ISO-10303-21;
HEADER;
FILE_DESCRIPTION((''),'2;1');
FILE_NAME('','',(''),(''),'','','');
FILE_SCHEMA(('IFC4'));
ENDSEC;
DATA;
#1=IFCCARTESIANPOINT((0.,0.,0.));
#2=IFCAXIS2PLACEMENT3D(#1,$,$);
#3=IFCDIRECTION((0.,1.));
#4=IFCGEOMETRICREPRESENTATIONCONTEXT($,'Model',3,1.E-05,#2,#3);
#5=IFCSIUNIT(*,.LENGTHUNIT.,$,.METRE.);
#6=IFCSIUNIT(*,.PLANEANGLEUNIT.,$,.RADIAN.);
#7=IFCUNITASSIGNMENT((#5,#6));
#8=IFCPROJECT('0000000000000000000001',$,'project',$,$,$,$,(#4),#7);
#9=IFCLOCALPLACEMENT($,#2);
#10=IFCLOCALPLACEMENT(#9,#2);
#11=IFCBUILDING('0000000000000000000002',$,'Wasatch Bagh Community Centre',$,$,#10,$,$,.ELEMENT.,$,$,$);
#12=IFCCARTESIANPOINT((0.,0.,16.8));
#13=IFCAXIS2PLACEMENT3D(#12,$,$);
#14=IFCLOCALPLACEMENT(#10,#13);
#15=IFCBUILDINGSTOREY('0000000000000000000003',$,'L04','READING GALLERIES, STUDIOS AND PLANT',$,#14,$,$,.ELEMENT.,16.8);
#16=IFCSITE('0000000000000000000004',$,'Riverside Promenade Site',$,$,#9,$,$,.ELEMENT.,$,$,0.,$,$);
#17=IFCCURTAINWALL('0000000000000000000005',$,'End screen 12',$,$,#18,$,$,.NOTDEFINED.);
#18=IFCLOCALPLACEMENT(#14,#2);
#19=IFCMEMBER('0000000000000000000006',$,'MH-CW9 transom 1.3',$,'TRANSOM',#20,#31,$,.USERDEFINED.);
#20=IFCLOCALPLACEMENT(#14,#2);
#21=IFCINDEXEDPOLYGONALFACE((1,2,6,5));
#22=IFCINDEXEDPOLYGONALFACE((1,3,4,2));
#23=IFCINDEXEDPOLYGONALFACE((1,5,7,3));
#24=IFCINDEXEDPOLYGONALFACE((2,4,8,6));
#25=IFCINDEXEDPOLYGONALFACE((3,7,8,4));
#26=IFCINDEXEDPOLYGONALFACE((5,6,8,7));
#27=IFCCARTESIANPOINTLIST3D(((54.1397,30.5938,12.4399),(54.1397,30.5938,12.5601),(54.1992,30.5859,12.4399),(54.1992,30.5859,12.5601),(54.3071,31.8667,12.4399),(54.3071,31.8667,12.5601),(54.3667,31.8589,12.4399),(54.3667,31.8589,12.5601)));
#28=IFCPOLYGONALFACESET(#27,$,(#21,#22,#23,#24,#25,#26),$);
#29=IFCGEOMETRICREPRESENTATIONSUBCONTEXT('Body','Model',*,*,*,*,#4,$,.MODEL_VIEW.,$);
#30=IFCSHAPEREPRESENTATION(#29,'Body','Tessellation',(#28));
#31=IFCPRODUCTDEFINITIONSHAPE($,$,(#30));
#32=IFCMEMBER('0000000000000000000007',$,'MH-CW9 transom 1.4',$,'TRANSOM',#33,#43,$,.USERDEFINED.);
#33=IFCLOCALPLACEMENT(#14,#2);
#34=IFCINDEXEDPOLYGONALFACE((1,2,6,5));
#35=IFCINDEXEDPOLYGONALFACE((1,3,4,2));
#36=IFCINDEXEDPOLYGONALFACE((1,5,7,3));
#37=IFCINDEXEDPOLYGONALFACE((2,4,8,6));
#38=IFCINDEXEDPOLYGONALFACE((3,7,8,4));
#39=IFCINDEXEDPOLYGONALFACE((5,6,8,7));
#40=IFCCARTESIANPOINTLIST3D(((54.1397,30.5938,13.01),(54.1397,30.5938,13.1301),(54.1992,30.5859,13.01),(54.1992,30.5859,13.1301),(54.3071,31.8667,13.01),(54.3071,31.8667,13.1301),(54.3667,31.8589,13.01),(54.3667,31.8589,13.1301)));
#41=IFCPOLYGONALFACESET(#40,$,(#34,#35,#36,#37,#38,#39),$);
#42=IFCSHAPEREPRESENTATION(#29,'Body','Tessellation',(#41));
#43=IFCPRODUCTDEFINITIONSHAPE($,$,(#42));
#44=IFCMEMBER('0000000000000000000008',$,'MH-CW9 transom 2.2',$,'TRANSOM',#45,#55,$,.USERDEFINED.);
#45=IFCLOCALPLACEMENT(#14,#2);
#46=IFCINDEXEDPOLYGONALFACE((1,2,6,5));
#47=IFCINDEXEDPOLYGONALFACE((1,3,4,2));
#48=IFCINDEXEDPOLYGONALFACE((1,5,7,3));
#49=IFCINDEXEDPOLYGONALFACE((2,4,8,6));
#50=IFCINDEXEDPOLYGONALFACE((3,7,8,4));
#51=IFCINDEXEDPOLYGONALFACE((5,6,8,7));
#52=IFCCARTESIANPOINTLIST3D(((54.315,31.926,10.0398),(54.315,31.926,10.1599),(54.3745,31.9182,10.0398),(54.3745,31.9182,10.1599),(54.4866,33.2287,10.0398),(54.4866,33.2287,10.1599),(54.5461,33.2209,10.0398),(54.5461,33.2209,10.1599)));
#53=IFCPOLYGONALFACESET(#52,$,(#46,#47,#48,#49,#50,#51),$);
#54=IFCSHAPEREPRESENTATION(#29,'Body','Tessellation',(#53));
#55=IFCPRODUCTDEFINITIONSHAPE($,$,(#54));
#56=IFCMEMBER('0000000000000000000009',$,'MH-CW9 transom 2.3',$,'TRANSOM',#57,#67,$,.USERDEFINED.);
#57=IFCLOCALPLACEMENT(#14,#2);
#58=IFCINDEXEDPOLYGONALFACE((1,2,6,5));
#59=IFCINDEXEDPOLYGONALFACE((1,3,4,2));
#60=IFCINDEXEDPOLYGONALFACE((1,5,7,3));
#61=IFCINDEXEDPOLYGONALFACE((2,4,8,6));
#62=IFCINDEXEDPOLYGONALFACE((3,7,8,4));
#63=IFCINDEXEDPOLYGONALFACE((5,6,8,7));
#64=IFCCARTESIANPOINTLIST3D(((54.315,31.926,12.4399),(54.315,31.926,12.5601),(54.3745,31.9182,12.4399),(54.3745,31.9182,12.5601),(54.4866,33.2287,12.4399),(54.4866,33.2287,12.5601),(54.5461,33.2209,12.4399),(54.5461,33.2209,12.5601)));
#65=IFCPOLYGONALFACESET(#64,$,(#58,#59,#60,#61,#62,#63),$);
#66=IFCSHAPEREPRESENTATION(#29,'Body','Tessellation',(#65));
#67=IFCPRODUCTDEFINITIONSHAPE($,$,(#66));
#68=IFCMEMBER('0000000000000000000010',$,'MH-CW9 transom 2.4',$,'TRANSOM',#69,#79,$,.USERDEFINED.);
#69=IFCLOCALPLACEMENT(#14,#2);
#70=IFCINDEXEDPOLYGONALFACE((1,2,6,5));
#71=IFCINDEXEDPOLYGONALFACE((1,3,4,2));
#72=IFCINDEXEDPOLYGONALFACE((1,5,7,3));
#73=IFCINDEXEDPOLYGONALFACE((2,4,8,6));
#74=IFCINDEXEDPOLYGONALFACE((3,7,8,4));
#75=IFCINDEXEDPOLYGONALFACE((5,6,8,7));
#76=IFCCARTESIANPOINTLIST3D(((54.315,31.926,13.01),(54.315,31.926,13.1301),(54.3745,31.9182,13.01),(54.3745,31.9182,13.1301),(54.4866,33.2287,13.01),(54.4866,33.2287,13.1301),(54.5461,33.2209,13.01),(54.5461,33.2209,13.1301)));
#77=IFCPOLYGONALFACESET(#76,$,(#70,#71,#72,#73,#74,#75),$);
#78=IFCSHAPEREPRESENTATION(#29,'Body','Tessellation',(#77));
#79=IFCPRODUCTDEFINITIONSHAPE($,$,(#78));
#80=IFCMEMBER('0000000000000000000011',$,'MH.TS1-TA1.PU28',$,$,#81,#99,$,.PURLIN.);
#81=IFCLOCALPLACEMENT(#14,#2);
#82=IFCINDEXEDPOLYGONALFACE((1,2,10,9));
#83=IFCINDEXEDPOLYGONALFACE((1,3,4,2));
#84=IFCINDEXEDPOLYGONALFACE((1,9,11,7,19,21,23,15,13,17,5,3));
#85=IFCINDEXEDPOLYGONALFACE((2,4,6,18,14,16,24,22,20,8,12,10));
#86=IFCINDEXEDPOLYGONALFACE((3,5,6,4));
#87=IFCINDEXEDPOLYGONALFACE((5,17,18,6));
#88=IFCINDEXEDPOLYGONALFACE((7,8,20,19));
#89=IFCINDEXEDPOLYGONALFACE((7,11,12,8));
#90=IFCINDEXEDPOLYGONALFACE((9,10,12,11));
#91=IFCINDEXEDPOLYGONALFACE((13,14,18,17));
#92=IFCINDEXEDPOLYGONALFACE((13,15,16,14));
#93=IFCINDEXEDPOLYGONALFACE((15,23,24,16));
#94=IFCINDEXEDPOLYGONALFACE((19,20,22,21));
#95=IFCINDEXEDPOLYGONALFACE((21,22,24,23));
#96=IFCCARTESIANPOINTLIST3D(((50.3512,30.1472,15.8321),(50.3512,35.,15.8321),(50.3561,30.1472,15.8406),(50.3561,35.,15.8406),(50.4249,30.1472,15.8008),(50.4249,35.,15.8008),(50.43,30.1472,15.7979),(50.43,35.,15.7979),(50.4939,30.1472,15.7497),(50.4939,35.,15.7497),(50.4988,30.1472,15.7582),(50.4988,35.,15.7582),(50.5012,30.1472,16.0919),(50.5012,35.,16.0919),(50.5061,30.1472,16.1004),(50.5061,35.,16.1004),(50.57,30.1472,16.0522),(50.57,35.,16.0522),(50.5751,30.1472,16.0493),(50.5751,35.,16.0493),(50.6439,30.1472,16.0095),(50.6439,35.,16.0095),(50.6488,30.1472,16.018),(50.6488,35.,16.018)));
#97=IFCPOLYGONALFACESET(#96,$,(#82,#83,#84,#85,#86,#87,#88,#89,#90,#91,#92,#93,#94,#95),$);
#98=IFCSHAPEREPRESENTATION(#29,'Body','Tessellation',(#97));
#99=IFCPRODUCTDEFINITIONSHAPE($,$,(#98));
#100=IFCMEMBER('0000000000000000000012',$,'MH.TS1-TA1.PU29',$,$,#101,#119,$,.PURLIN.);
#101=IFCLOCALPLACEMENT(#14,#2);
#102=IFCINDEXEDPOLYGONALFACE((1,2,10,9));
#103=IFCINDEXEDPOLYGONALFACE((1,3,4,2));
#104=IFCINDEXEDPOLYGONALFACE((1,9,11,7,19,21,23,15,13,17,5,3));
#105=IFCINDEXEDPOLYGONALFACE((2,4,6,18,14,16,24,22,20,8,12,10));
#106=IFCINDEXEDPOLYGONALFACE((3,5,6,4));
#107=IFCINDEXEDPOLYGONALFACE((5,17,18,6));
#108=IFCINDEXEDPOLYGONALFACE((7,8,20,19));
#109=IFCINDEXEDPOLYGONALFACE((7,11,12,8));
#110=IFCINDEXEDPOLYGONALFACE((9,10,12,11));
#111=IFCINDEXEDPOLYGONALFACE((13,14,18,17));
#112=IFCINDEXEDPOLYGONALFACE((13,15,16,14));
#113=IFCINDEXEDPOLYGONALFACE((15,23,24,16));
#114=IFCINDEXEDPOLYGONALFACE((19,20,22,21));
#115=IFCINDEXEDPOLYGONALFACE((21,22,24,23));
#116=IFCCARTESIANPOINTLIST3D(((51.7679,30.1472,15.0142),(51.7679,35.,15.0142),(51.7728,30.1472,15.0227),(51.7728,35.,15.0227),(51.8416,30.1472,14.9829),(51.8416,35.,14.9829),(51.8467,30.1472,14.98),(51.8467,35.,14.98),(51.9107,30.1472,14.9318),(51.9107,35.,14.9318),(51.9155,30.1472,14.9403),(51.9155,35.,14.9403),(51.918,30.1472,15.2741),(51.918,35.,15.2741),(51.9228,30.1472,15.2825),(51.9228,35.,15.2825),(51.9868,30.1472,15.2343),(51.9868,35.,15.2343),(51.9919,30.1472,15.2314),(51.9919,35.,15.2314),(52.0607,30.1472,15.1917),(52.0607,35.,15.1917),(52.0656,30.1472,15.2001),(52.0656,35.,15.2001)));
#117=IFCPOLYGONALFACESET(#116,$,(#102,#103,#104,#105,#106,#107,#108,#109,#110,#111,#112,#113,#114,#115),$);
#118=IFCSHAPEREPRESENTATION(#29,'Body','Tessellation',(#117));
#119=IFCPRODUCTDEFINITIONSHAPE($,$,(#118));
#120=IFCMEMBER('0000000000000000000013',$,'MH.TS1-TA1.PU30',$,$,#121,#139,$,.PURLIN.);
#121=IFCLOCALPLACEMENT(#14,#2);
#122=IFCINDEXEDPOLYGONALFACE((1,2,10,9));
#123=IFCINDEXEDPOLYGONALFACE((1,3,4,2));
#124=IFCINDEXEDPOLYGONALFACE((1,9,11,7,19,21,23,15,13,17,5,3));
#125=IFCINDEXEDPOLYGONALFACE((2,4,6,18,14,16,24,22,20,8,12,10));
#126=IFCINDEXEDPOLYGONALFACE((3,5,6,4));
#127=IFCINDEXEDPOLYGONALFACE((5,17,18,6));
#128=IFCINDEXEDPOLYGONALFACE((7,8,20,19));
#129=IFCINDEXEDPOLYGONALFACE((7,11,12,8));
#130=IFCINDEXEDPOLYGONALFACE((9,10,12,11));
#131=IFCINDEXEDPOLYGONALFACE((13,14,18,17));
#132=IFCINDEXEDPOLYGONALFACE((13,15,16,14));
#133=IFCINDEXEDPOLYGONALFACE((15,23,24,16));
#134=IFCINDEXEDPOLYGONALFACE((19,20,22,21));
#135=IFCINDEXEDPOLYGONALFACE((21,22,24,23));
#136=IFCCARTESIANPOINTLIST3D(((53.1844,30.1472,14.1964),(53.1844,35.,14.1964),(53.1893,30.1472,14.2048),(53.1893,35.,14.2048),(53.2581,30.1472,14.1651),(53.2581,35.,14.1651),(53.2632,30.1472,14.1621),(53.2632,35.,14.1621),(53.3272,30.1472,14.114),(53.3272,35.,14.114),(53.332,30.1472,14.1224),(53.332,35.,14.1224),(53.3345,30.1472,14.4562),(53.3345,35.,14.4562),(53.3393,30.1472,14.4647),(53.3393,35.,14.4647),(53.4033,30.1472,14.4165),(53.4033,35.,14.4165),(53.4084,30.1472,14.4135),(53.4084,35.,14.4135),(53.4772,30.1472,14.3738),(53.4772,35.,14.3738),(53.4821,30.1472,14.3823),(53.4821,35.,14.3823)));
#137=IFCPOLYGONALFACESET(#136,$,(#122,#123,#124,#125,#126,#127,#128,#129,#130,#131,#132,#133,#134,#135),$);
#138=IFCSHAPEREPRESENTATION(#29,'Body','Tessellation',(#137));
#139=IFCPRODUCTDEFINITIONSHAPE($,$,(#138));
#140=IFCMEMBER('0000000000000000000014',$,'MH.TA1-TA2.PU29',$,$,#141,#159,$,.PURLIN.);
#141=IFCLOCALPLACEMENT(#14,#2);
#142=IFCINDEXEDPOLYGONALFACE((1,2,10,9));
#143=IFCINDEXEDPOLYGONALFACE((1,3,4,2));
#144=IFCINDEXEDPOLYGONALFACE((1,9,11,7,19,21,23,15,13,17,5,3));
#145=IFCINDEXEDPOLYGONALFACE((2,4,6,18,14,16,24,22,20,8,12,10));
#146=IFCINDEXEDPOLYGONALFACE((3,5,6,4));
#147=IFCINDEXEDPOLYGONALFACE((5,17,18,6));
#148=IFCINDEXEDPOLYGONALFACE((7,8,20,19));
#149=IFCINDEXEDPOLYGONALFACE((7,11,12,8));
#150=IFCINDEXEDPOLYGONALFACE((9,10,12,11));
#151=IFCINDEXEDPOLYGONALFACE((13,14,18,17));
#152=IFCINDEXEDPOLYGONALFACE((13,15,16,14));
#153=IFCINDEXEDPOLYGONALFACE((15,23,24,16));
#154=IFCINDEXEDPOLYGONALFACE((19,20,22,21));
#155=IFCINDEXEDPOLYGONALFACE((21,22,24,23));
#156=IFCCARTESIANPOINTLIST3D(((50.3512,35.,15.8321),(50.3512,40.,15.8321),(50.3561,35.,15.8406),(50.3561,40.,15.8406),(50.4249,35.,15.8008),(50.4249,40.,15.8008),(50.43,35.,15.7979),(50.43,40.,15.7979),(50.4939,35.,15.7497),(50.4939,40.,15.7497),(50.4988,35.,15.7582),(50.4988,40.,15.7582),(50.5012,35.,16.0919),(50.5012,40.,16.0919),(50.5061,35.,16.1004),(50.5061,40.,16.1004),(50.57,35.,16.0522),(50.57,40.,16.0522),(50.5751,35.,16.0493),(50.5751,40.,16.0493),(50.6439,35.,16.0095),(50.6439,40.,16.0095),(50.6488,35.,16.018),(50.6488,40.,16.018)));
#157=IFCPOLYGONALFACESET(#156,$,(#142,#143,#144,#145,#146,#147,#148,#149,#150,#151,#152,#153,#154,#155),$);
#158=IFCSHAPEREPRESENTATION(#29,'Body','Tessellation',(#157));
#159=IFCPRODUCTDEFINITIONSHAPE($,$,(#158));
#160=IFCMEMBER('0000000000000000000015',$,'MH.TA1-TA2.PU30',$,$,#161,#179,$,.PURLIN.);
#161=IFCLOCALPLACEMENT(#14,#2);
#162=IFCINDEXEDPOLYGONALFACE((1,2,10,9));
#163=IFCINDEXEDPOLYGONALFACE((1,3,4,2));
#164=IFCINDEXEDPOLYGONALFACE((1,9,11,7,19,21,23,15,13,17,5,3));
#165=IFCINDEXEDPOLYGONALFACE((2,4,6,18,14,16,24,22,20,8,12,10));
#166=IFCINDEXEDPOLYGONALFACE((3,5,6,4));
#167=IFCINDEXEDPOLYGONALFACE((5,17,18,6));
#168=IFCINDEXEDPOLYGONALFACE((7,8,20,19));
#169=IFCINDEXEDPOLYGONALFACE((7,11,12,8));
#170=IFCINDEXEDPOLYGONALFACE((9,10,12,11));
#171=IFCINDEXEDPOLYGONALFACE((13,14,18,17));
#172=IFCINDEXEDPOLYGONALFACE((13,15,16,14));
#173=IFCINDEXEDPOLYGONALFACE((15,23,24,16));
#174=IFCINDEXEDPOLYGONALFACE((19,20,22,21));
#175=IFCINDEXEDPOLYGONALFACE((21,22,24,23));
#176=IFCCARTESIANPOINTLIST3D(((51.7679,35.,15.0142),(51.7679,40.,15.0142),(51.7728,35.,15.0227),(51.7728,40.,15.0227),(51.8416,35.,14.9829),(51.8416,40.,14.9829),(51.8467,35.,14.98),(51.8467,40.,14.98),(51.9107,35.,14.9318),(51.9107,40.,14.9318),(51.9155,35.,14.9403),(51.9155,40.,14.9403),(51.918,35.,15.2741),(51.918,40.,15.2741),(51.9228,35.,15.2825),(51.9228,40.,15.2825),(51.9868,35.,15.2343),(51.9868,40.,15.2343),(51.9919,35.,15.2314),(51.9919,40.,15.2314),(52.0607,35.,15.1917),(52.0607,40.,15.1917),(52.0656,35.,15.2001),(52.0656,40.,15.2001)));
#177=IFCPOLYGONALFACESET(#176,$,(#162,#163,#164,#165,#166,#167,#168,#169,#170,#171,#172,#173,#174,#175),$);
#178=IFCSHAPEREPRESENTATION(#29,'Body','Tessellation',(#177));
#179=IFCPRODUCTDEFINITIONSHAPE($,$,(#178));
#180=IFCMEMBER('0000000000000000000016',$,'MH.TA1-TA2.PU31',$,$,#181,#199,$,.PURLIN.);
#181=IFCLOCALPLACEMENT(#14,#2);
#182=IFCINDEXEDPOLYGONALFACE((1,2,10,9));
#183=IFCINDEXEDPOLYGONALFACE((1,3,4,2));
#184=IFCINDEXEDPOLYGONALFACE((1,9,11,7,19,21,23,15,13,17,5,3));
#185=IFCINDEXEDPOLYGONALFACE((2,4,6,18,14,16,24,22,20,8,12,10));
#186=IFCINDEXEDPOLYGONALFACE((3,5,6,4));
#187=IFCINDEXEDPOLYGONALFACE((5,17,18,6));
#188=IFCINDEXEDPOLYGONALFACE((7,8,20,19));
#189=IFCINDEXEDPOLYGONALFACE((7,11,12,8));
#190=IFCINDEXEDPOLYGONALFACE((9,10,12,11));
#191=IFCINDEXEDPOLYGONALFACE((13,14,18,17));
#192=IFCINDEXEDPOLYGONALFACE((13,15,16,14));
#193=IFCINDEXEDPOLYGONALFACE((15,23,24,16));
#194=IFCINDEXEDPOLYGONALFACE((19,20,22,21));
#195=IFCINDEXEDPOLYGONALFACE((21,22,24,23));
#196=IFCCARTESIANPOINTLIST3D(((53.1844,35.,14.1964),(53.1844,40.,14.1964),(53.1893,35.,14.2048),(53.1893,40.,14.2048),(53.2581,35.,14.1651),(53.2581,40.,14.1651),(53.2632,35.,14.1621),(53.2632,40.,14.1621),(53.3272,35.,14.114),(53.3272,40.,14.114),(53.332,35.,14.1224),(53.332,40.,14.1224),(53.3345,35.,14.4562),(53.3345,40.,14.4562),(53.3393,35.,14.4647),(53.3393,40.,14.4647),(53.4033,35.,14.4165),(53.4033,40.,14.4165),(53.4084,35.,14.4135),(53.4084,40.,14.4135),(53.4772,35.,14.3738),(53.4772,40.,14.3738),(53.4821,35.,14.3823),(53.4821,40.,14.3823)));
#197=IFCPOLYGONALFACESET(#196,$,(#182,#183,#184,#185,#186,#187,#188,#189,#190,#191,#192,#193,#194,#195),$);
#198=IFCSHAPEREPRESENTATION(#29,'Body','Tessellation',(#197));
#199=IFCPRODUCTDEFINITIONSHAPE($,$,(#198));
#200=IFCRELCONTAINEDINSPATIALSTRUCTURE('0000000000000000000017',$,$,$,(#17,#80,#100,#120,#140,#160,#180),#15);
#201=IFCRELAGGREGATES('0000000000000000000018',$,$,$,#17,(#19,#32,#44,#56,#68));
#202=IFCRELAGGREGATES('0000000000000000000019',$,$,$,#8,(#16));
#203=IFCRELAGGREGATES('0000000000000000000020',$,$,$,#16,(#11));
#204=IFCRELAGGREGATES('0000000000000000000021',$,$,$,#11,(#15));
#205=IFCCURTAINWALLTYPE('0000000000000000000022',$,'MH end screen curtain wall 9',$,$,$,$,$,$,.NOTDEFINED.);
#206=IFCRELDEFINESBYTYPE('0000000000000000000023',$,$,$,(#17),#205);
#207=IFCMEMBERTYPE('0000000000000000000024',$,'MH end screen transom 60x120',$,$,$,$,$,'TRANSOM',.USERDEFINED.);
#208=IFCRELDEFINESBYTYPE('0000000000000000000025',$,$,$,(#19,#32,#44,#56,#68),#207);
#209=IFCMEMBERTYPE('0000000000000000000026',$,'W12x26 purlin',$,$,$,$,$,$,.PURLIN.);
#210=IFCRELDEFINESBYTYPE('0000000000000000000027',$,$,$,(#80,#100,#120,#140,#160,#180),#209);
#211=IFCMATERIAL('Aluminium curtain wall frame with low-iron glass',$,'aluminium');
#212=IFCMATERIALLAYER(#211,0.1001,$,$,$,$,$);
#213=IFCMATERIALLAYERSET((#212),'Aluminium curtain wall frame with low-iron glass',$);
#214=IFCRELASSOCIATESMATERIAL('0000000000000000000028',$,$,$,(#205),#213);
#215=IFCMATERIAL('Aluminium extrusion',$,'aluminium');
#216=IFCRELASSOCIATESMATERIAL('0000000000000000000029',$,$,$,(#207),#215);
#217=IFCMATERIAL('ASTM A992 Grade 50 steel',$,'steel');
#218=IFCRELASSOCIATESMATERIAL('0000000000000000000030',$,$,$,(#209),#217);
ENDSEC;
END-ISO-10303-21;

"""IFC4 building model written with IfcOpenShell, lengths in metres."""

from ifc_helpers import new_model, si_unit, direction, frame, origin, origin_2d, place, context, subcontext, project, spatial, rectangle, i_section, extrude, material, layer, layer_set, material_profile, profile_set, type_object, element, aggregate, save


model = new_model("IFC4")

# Units and contexts
model_context = context("Model", 3, precision=1e-05, world=origin(), true_north=direction((0.0, 1.0)))
body_context = subcontext(model_context, "Body", "Model", "MODEL_VIEW")
ifc_project = project(units=[si_unit("LENGTHUNIT", "METRE"), si_unit("PLANEANGLEUNIT", "RADIAN")], contexts=[model_context])

# Site, building, storey
site_placement = place(None, origin())
site = spatial("IfcSite", under=ifc_project, at=site_placement, Name="Riverside Promenade Site", CompositionType="ELEMENT", RefElevation=0.0)
building_placement = place(site_placement, origin())
building = spatial("IfcBuilding", under=site, at=building_placement, Name="Wasatch Bagh Community Centre", CompositionType="ELEMENT")
storey_placement = place(building_placement, frame((0.0, 0.0, 16.8)))
storey = spatial("IfcBuildingStorey", under=building, at=storey_placement, Name="L04", Description="READING GALLERIES, STUDIOS AND PLANT", CompositionType="ELEMENT", Elevation=16.8)

# Curtain wall, members
ifc_material_1 = material(Name="Aluminium curtain wall frame with low-iron glass", Category="aluminium")
ifc_layer_1 = layer(ifc_material_1, 0.1001)
ifc_layer_set_1 = layer_set([ifc_layer_1], Name="Aluminium curtain wall frame with low-iron glass")
curtain_wall_type = type_object("IfcCurtainWallType", Name="MH end screen curtain wall 9", PredefinedType="NOTDEFINED", material=ifc_layer_set_1)
curtain_wall_placement = place(storey_placement, origin())
curtain_wall = element("IfcCurtainWall", 1, at=curtain_wall_placement, inside=storey, type_object=curtain_wall_type, Name="End screen 12", PredefinedType="NOTDEFINED")
ifc_material_2 = material(Name="Aluminium extrusion", Category="aluminium")
ifc_material_profile_1 = material_profile(ifc_material_2, rectangle(XDim=0.0601, YDim=0.1201, at=origin_2d()), Name="AL 60x120")
ifc_profile_set_1 = profile_set([ifc_material_profile_1], Name="Aluminium extrusion")
member_type_1 = type_object("IfcMemberType", Name="MH end screen transom 60x120", ElementType="TRANSOM", PredefinedType="USERDEFINED", material=ifc_profile_set_1)
member_1_placement = place(storey_placement, frame((54.1694, 30.5898, 12.5), z_axis=(0.130445, 0.991456, 0.0), x_axis=(-0.991456, 0.130445, 0.0)))
member_1 = element("IfcMember", 2, at=member_1_placement, type_object=member_type_1, Name="MH-CW9 transom 1.3", ObjectType="TRANSOM", PredefinedType="USERDEFINED", context=body_context, shape_type="SweptSolid", body=[
    extrude(rectangle(XDim=0.0601, YDim=0.1201, at=origin_2d()), origin(), (0.0, 0.0, 1.0), 1.2839),
])
member_2_placement = place(storey_placement, frame((54.1694, 30.5898, 13.0701), z_axis=(0.130445, 0.991456, 0.0), x_axis=(-0.991456, 0.130445, 0.0)))
member_2 = element("IfcMember", 3, at=member_2_placement, type_object=member_type_1, Name="MH-CW9 transom 1.4", ObjectType="TRANSOM", PredefinedType="USERDEFINED", context=body_context, shape_type="SweptSolid", body=[
    extrude(rectangle(XDim=0.0601, YDim=0.1201, at=origin_2d()), origin(), (0.0, 0.0, 1.0), 1.2839),
])
member_3_placement = place(storey_placement, frame((54.3447, 31.9221, 10.0999), z_axis=(0.130618, 0.991433, 0.0), x_axis=(-0.991433, 0.130618, 0.0)))
member_3 = element("IfcMember", 4, at=member_3_placement, type_object=member_type_1, Name="MH-CW9 transom 2.2", ObjectType="TRANSOM", PredefinedType="USERDEFINED", context=body_context, shape_type="SweptSolid", body=[
    extrude(rectangle(XDim=0.0601, YDim=0.1201, at=origin_2d()), origin(), (0.0, 0.0, 1.0), 1.314),
])
member_4_placement = place(storey_placement, frame((54.3447, 31.9221, 12.5), z_axis=(0.130618, 0.991433, 0.0), x_axis=(-0.991433, 0.130618, 0.0)))
member_4 = element("IfcMember", 5, at=member_4_placement, type_object=member_type_1, Name="MH-CW9 transom 2.3", ObjectType="TRANSOM", PredefinedType="USERDEFINED", context=body_context, shape_type="SweptSolid", body=[
    extrude(rectangle(XDim=0.0601, YDim=0.1201, at=origin_2d()), origin(), (0.0, 0.0, 1.0), 1.314),
])
member_5_placement = place(storey_placement, frame((54.3447, 31.9221, 13.0701), z_axis=(0.130618, 0.991433, 0.0), x_axis=(-0.991433, 0.130618, 0.0)))
member_5 = element("IfcMember", 6, at=member_5_placement, type_object=member_type_1, Name="MH-CW9 transom 2.4", ObjectType="TRANSOM", PredefinedType="USERDEFINED", context=body_context, shape_type="SweptSolid", body=[
    extrude(rectangle(XDim=0.0601, YDim=0.1201, at=origin_2d()), origin(), (0.0, 0.0, 1.0), 1.314),
])

# Members
ifc_material_3 = material(Name="ASTM A992 Grade 50 steel", Category="steel")
ifc_material_profile_2 = material_profile(ifc_material_3, i_section(OverallWidth=0.1648, OverallDepth=0.3098, WebThickness=0.0059, FlangeThickness=0.0098, at=origin_2d()), Name="W12x26")
ifc_profile_set_2 = profile_set([ifc_material_profile_2], Name="ASTM A992 Grade 50 steel")
member_type_2 = type_object("IfcMemberType", Name="W12x26 purlin", PredefinedType="PURLIN", material=ifc_profile_set_2)
for number, where, z_axis, x_axis, name in (
    (7, (50.5, 30.1472, 15.925), (0.0, 1.0, 0.0), (-0.866025, 0.0, 0.5), "MH.TS1-TA1.PU28"),
    (8, (51.9167, 30.1472, 15.1072), (0.0, 1.0, 0.0), (-0.866025, 0.0, 0.5), "MH.TS1-TA1.PU29"),
    (9, (53.3333, 30.1472, 14.2893), (0.0, 1.0, 0.0), (-0.866025, 0.0, 0.5), "MH.TS1-TA1.PU30"),
):
    element("IfcMember", number, at=place(storey_placement, frame(where, z_axis=z_axis, x_axis=x_axis)), inside=storey, type_object=member_type_2, Name=name, PredefinedType="PURLIN", context=body_context, shape_type="SweptSolid", body=[
        extrude(i_section(OverallWidth=0.1648, OverallDepth=0.3098, WebThickness=0.0059, FlangeThickness=0.0098, at=origin_2d()), origin(), (0.0, 0.0, 1.0), 4.8528),
    ])
for number, where, z_axis, x_axis, name in (
    (10, (50.5, 35.0, 15.925), (0.0, 1.0, 0.0), (-0.866025, 0.0, 0.5), "MH.TA1-TA2.PU29"),
    (11, (51.9167, 35.0, 15.1072), (0.0, 1.0, 0.0), (-0.866025, 0.0, 0.5), "MH.TA1-TA2.PU30"),
    (12, (53.3333, 35.0, 14.2893), (0.0, 1.0, 0.0), (-0.866025, 0.0, 0.5), "MH.TA1-TA2.PU31"),
):
    element("IfcMember", number, at=place(storey_placement, frame(where, z_axis=z_axis, x_axis=x_axis)), inside=storey, type_object=member_type_2, Name=name, PredefinedType="PURLIN", context=body_context, shape_type="SweptSolid", body=[
        extrude(i_section(OverallWidth=0.1648, OverallDepth=0.3098, WebThickness=0.0059, FlangeThickness=0.0098, at=origin_2d()), origin(), (0.0, 0.0, 1.0), 5.0),
    ])

aggregate(curtain_wall, [member_1, member_2, member_3, member_4, member_5])

save(model, "model.ifc")
